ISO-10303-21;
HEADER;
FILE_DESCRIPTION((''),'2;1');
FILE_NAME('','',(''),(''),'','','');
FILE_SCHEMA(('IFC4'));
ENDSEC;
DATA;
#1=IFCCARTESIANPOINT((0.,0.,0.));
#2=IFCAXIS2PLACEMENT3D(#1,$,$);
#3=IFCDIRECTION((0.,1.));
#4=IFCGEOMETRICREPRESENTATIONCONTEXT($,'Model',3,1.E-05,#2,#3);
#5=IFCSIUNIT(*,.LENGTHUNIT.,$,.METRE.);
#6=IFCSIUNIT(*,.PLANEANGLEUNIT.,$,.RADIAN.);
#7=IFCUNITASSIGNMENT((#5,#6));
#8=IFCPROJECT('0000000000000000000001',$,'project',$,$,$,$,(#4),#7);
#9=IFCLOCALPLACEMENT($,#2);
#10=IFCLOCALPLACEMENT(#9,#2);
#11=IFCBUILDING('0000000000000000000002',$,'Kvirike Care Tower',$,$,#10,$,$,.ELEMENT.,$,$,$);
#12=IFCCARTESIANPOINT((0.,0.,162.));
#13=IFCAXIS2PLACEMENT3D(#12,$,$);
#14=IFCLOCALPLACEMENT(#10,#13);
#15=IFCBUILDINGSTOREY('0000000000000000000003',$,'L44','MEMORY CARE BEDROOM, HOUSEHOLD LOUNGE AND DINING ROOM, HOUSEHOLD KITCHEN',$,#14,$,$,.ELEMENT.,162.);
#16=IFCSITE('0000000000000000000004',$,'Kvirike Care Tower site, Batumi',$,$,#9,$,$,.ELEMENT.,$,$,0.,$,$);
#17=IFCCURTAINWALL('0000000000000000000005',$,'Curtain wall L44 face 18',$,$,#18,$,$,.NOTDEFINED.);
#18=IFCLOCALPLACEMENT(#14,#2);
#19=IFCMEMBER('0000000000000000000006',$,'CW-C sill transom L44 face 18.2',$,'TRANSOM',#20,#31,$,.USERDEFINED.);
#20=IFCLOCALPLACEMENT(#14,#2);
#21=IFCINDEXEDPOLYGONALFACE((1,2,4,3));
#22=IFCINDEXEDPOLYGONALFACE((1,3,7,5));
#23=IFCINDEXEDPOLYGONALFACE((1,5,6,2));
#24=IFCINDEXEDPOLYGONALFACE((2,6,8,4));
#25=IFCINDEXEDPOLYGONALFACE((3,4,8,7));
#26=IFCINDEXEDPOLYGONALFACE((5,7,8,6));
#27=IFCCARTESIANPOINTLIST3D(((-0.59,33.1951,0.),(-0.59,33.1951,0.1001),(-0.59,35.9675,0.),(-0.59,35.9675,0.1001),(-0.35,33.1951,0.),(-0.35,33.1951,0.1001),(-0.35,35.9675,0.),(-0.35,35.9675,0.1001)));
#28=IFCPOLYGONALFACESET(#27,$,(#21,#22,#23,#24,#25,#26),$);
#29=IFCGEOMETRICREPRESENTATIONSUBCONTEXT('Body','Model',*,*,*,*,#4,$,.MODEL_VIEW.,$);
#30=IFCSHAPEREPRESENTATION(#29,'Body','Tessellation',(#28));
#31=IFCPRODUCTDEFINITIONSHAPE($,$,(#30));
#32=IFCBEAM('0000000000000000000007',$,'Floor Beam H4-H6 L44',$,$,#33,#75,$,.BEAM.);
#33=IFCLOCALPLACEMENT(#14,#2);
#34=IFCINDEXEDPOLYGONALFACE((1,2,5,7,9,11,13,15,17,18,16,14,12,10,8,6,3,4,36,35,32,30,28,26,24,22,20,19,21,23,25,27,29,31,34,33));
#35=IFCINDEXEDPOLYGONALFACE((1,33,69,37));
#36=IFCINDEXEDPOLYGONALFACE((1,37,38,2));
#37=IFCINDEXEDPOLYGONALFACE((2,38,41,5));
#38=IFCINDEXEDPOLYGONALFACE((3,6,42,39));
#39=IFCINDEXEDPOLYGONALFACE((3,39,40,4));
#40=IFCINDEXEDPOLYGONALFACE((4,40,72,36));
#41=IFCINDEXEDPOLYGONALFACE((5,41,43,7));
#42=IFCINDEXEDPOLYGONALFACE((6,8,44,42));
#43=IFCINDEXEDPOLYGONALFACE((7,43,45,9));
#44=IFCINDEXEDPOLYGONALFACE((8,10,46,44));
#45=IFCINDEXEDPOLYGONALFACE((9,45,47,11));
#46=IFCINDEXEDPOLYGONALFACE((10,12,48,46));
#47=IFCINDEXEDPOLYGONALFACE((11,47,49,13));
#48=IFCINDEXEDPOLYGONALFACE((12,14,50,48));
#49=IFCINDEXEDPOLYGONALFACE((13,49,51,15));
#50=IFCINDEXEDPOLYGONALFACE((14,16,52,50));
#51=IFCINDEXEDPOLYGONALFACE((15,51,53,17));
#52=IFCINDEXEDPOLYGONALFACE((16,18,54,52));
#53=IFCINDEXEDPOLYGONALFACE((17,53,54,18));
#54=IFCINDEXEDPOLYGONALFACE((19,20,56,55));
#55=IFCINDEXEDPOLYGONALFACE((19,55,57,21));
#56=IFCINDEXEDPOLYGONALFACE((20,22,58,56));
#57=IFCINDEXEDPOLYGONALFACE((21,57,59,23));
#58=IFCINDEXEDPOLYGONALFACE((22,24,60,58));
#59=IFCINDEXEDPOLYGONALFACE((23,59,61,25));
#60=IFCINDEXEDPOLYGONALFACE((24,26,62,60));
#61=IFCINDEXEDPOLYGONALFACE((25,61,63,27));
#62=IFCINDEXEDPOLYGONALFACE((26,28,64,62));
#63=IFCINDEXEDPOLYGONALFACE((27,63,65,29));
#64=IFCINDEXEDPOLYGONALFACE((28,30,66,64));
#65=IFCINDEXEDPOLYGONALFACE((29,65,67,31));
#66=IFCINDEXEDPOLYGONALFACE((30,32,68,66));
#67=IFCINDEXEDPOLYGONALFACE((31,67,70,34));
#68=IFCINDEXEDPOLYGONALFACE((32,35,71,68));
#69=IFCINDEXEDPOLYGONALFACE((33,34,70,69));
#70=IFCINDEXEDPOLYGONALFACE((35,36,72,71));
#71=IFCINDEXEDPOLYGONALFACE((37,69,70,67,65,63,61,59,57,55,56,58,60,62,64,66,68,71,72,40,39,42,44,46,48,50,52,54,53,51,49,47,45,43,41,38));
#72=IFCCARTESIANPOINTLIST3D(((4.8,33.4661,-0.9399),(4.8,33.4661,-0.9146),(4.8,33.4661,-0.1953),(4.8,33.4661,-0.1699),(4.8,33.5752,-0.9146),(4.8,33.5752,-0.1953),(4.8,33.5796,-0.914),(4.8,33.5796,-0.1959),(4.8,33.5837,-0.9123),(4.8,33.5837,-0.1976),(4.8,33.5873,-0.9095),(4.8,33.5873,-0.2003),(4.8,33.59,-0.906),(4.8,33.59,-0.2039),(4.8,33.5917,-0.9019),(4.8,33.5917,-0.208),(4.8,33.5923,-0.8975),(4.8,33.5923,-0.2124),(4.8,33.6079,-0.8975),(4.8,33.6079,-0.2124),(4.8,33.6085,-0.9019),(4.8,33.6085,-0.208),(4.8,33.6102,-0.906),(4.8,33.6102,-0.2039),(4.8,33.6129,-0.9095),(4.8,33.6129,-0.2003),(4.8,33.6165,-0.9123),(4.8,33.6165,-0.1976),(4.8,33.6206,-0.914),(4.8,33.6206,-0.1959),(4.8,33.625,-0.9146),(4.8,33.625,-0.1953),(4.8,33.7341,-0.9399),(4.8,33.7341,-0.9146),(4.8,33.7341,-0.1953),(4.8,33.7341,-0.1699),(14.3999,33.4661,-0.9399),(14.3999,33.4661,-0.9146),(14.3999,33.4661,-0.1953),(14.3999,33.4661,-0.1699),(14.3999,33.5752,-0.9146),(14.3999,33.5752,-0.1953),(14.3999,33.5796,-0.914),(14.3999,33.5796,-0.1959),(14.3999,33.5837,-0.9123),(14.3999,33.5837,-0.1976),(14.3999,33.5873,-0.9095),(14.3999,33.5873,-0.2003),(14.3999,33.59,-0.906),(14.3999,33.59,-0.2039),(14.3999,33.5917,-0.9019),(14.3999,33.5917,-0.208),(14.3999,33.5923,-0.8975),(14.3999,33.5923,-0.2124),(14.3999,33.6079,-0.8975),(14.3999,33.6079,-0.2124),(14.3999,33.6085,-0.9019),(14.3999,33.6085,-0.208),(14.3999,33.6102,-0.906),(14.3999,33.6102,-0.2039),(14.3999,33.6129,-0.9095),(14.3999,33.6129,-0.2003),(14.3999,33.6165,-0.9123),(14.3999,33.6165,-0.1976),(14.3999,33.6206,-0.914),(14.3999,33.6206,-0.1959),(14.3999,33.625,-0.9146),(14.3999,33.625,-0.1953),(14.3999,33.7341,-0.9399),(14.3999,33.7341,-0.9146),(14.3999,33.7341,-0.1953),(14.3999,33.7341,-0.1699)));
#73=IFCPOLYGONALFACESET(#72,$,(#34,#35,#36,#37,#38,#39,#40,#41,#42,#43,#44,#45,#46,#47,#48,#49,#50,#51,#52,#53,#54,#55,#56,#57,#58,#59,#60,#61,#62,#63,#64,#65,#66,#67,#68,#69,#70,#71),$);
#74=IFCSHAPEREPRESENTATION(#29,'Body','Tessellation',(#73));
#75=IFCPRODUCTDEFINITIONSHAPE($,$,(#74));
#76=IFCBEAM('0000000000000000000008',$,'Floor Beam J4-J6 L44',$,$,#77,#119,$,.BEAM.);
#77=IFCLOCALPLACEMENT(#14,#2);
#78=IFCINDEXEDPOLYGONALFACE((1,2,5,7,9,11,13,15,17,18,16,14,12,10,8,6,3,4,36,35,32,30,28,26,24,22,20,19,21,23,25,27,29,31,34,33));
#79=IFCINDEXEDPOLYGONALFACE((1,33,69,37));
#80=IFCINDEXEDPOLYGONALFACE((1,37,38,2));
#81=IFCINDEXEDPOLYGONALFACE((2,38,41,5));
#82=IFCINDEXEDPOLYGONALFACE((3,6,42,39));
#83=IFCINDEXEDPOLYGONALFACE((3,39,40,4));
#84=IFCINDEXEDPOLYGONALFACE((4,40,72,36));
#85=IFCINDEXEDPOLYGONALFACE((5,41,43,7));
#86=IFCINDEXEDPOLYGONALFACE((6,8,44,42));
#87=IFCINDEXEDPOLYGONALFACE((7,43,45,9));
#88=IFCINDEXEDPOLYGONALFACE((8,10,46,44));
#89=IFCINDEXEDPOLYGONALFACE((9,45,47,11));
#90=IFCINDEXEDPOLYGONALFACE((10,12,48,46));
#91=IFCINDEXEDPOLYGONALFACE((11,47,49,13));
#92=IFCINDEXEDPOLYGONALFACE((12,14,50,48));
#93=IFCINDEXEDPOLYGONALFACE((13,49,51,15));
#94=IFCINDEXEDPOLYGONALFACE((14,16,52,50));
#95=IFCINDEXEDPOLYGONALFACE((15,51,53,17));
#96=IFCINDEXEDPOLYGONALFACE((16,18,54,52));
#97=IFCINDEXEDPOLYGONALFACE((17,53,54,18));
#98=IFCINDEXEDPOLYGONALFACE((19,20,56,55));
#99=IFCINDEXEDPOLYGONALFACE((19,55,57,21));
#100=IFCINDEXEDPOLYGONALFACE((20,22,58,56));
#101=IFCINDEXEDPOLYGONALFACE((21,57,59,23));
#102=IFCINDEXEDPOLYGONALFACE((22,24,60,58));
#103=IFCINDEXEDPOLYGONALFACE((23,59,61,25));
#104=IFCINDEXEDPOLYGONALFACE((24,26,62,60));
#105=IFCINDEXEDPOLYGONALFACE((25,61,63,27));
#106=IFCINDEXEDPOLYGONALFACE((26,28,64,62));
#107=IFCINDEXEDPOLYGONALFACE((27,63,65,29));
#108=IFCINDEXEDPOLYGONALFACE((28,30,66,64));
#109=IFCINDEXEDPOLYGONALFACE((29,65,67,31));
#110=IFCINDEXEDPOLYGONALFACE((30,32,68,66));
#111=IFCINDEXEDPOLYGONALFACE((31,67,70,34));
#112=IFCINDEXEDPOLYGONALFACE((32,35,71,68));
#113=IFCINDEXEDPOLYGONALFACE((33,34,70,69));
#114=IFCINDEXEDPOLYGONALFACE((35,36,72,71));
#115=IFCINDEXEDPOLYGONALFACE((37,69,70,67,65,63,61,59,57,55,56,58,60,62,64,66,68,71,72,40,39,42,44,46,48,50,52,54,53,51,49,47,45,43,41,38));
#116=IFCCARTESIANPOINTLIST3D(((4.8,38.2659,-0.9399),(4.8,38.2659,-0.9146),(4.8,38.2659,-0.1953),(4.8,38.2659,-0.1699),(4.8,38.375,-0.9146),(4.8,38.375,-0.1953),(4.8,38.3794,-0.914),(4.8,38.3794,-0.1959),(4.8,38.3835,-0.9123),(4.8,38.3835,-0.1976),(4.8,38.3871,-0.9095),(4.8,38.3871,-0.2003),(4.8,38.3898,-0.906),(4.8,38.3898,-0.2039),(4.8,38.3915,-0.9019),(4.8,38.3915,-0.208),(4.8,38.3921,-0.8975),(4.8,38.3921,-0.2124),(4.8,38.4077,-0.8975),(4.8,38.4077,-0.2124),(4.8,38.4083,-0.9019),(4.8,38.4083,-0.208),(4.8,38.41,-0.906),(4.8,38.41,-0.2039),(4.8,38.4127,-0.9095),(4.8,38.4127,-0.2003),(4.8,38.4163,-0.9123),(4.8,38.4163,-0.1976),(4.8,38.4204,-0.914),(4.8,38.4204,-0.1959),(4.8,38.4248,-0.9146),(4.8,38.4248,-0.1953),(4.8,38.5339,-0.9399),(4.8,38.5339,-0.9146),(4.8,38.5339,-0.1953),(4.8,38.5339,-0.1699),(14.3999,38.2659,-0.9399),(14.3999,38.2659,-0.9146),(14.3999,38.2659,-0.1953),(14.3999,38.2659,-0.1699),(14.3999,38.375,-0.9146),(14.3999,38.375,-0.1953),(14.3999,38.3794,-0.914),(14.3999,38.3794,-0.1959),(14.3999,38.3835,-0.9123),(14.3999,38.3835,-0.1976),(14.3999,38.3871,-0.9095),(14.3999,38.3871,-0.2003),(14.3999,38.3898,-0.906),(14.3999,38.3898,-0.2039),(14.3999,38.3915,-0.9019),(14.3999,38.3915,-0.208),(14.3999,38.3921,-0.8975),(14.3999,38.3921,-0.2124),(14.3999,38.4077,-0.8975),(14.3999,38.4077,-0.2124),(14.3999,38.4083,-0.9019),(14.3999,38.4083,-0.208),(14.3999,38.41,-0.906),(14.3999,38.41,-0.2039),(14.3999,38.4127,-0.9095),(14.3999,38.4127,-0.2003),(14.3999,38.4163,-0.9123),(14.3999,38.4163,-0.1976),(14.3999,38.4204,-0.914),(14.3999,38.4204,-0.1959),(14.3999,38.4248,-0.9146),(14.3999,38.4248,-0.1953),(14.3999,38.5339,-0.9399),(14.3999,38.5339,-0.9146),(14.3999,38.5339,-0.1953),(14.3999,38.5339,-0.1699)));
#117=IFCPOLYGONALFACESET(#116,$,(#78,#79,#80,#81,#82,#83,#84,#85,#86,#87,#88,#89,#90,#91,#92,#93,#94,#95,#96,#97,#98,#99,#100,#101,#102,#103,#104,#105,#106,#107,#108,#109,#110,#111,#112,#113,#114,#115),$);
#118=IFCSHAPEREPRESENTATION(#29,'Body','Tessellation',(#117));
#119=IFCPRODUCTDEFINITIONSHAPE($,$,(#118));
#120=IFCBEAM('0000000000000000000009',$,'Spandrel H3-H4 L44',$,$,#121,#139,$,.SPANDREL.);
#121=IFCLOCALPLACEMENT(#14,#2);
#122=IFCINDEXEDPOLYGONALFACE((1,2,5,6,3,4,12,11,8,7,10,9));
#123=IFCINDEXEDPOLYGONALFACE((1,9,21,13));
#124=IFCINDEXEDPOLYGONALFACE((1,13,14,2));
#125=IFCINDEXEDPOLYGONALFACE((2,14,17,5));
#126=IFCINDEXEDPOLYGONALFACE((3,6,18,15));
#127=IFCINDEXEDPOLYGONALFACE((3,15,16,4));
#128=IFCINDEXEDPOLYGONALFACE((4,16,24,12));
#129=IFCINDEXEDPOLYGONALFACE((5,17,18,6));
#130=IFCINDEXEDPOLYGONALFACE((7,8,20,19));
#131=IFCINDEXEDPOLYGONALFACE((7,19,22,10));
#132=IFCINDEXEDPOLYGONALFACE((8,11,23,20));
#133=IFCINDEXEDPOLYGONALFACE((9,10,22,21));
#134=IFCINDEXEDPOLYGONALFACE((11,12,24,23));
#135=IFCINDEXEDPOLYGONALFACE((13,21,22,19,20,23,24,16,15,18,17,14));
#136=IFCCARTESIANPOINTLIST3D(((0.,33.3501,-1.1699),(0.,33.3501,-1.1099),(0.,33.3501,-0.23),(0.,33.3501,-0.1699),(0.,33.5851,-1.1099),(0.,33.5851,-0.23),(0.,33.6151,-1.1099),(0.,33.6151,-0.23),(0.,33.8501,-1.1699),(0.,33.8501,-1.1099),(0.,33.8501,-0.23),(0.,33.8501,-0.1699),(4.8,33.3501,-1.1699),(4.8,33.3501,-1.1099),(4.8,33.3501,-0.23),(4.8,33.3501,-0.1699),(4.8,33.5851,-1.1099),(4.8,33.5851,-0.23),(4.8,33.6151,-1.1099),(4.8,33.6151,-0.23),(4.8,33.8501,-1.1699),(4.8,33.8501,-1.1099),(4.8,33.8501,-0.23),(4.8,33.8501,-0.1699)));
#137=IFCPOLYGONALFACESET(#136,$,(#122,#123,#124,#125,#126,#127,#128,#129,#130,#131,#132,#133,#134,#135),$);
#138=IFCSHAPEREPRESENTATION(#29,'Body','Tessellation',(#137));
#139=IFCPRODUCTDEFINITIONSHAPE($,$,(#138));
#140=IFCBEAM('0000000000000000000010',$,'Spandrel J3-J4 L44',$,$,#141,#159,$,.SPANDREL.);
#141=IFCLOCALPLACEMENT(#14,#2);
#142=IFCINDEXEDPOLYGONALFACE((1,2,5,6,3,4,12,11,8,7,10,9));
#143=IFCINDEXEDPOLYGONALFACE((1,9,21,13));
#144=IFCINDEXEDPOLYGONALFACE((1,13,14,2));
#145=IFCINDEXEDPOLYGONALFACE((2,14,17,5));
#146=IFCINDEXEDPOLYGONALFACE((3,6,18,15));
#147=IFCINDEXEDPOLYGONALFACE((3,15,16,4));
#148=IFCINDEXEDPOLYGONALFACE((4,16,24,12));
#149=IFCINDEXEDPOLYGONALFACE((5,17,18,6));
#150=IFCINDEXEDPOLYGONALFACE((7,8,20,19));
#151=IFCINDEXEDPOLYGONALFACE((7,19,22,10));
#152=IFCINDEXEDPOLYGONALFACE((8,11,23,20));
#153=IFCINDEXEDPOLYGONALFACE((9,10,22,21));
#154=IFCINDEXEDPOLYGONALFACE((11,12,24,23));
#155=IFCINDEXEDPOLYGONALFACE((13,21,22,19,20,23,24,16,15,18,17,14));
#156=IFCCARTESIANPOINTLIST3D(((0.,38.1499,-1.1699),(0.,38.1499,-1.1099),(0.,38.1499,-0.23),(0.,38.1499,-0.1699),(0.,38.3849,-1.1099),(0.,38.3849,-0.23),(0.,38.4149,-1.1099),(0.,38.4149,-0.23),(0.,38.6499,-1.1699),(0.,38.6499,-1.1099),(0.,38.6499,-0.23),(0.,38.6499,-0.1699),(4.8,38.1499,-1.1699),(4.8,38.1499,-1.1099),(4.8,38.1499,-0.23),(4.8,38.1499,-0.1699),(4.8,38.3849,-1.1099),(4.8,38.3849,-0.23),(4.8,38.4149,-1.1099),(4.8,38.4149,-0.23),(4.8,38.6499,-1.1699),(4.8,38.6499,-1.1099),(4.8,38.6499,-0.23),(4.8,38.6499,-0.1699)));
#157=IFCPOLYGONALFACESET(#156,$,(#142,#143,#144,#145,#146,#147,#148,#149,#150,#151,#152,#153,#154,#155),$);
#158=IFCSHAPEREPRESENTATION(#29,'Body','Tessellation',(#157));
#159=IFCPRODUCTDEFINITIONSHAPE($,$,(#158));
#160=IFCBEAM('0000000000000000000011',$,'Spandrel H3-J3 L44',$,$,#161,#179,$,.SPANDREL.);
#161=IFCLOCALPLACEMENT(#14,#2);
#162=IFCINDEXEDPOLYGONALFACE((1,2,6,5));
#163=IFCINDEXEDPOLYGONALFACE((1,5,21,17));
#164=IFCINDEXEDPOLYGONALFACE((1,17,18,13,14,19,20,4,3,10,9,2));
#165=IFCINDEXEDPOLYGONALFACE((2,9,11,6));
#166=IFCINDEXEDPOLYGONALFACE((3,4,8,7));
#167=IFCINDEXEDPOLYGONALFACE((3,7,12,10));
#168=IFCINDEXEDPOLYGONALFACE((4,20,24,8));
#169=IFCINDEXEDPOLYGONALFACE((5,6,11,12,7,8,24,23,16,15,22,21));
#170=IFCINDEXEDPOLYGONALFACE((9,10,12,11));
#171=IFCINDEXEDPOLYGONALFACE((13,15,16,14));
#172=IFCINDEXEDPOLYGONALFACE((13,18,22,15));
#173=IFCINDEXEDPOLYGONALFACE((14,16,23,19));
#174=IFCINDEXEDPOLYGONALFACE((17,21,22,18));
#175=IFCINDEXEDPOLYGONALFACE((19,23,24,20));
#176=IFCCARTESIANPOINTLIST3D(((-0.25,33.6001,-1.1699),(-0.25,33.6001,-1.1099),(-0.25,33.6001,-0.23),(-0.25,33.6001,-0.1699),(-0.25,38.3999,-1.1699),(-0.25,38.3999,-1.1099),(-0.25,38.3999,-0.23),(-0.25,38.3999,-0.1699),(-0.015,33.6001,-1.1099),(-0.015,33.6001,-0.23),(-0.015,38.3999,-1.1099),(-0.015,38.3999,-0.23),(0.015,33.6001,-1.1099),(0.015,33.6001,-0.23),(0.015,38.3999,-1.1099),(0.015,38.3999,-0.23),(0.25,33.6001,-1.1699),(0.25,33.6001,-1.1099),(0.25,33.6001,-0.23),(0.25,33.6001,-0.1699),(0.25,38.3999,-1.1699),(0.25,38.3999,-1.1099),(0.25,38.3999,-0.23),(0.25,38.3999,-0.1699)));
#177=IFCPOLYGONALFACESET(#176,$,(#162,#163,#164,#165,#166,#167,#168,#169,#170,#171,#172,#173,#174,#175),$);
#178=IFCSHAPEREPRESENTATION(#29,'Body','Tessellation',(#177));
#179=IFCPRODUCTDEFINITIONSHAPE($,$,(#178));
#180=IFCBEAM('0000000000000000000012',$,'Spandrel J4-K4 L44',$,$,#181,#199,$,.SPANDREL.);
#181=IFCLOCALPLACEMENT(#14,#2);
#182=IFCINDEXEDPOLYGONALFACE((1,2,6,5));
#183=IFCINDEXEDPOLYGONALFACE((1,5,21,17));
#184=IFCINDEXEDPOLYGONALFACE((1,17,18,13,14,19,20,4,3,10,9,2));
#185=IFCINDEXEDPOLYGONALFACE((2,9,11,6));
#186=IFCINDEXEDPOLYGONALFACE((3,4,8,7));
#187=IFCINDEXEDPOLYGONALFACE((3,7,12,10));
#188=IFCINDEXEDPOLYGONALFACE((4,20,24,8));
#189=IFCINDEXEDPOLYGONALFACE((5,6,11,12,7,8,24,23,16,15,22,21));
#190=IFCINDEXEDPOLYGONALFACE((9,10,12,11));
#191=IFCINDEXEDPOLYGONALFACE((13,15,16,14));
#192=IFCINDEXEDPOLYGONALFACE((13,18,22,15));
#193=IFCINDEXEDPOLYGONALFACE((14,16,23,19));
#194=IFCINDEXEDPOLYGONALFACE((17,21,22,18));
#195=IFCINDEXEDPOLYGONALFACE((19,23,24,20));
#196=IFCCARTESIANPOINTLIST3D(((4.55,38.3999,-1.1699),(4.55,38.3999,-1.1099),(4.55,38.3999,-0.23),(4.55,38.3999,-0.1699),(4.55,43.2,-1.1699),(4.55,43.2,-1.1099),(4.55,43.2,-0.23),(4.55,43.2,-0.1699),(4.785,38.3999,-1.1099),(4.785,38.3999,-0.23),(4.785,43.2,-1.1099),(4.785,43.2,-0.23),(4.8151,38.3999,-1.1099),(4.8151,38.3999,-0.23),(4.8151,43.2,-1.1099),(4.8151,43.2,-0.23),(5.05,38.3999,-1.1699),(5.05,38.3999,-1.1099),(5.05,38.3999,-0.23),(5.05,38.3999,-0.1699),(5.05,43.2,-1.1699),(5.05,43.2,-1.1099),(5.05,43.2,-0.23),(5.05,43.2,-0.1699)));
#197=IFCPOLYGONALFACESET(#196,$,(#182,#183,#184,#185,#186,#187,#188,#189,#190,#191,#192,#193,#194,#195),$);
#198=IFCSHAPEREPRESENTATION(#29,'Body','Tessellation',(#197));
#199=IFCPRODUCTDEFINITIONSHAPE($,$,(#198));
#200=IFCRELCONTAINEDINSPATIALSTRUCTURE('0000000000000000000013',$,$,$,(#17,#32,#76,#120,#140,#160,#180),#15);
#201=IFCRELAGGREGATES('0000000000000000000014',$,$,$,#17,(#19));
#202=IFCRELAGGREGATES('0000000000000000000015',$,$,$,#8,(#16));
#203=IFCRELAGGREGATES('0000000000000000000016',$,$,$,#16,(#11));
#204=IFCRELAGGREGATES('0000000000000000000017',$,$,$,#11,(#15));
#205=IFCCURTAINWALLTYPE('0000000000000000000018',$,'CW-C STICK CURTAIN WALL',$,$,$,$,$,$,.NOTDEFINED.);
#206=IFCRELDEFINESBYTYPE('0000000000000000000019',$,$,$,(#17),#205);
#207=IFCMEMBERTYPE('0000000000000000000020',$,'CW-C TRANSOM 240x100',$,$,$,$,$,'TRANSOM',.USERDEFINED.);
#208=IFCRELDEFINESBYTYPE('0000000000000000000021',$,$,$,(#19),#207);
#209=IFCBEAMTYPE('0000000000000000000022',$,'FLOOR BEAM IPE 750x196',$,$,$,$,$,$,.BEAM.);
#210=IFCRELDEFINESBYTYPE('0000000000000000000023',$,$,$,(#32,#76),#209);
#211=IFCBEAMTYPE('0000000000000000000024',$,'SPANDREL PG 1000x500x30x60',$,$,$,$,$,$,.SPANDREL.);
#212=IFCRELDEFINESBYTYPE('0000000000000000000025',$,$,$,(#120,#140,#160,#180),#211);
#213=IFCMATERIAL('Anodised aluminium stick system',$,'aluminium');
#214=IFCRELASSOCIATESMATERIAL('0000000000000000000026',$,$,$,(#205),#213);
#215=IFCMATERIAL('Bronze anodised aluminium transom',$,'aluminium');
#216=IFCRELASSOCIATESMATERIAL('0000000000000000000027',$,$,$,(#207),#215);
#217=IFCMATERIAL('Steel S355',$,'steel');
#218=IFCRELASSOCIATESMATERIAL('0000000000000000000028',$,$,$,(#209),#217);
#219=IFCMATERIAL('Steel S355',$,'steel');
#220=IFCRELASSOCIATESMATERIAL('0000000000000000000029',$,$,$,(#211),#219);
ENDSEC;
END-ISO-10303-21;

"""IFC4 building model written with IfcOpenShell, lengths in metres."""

from ifc_helpers import new_model, si_unit, direction, frame, origin, origin_2d, place, context, subcontext, project, spatial, rectangle, i_section, extrude, material, material_profile, profile_set, type_object, element, aggregate, save


model = new_model("IFC4")

# Units and contexts
model_context = context("Model", 3, precision=1e-05, world=origin(), true_north=direction((0.0, 1.0)))
body_context = subcontext(model_context, "Body", "Model", "MODEL_VIEW")
ifc_project = project(units=[si_unit("LENGTHUNIT", "METRE"), si_unit("PLANEANGLEUNIT", "RADIAN")], contexts=[model_context])

# Site, building, storey
site_placement = place(None, origin())
site = spatial("IfcSite", under=ifc_project, at=site_placement, Name="Kvirike Care Tower site, Batumi", CompositionType="ELEMENT", RefElevation=0.0)
building_placement = place(site_placement, origin())
building = spatial("IfcBuilding", under=site, at=building_placement, Name="Kvirike Care Tower", CompositionType="ELEMENT")
storey_placement = place(building_placement, frame((0.0, 0.0, 162.0)))
storey = spatial("IfcBuildingStorey", under=building, at=storey_placement, Name="L44", Description="MEMORY CARE BEDROOM, HOUSEHOLD LOUNGE AND DINING ROOM, HOUSEHOLD KITCHEN", CompositionType="ELEMENT", Elevation=162.0)

# Shared definitions
ifc_material_1 = material(Name="Anodised aluminium stick system", Category="aluminium")
curtain_wall_type = type_object("IfcCurtainWallType", Name="CW-C STICK CURTAIN WALL", PredefinedType="NOTDEFINED", material=ifc_material_1)

# Curtain wall
curtain_wall_1_placement = place(storey_placement, origin())
curtain_wall_1 = element("IfcCurtainWall", 1, at=curtain_wall_1_placement, inside=storey, type_object=curtain_wall_type, Name="Curtain wall L44 face 18", PredefinedType="NOTDEFINED")

# Member
ifc_material_2 = material(Name="Bronze anodised aluminium transom", Category="aluminium")
ifc_material_profile_1 = material_profile(ifc_material_2, rectangle(XDim=0.24, YDim=0.1001, at=origin_2d()), Name="CW-C TRANSOM 240x100")
ifc_profile_set_1 = profile_set([ifc_material_profile_1], Name="Bronze anodised aluminium transom")
member_type_1 = type_object("IfcMemberType", Name="CW-C TRANSOM 240x100", ElementType="TRANSOM", PredefinedType="USERDEFINED", material=ifc_profile_set_1)
member_1_placement = place(storey_placement, frame((-0.47, 35.9675, 0.05), z_axis=(0.0, -1.0, 0.0), x_axis=(1.0, 0.0, 0.0)))
member_1 = element("IfcMember", 2, at=member_1_placement, type_object=member_type_1, Name="CW-C sill transom L44 face 18.2", ObjectType="TRANSOM", PredefinedType="USERDEFINED", context=body_context, shape_type="SweptSolid", body=[
    extrude(rectangle(XDim=0.24, YDim=0.1001, at=origin_2d()), origin(), (0.0, 0.0, 1.0), 2.7725),
])

# Beams
ifc_material_3 = material(Name="Steel S355", Category="steel")
ifc_material_profile_2 = material_profile(ifc_material_3, i_section(OverallWidth=0.2681, OverallDepth=0.77, WebThickness=0.0156, FlangeThickness=0.0254, FilletRadius=0.0171, at=origin_2d()), Name="IPE 750x196")
ifc_profile_set_2 = profile_set([ifc_material_profile_2], Name="Steel S355")
beam_type_1 = type_object("IfcBeamType", Name="FLOOR BEAM IPE 750x196", PredefinedType="BEAM", material=ifc_profile_set_2)
for number, where, z_axis, x_axis, name in (
    (3, (4.8, 33.6001, -0.5549), (1.0, 0.0, 0.0), (0.0, 1.0, 0.0), "Floor Beam H4-H6 L44"),
    (4, (4.8, 38.3999, -0.5549), (1.0, 0.0, 0.0), (0.0, 1.0, 0.0), "Floor Beam J4-J6 L44"),
):
    element("IfcBeam", number, at=place(storey_placement, frame(where, z_axis=z_axis, x_axis=x_axis)), inside=storey, type_object=beam_type_1, Name=name, PredefinedType="BEAM", context=body_context, shape_type="SweptSolid", body=[
        extrude(i_section(OverallWidth=0.2681, OverallDepth=0.77, WebThickness=0.0156, FlangeThickness=0.0254, FilletRadius=0.0171, at=origin_2d()), origin(), (0.0, 0.0, 1.0), 9.5999),
    ])
ifc_material_4 = material(Name="Steel S355", Category="steel")
ifc_material_profile_3 = material_profile(ifc_material_4, i_section(OverallWidth=0.5, OverallDepth=1.0, WebThickness=0.03, FlangeThickness=0.0601, at=origin_2d()), Name="PG 1000x500x30x60")
ifc_profile_set_3 = profile_set([ifc_material_profile_3], Name="Steel S355")
beam_type_2 = type_object("IfcBeamType", Name="SPANDREL PG 1000x500x30x60", PredefinedType="SPANDREL", material=ifc_profile_set_3)
for number, where, z_axis, x_axis, name in (
    (5, (0.0, 33.6001, -0.6699), (1.0, 0.0, 0.0), (0.0, 1.0, 0.0), "Spandrel H3-H4 L44"),
    (6, (0.0, 38.3999, -0.6699), (1.0, 0.0, 0.0), (0.0, 1.0, 0.0), "Spandrel J3-J4 L44"),
):
    element("IfcBeam", number, at=place(storey_placement, frame(where, z_axis=z_axis, x_axis=x_axis)), inside=storey, type_object=beam_type_2, Name=name, PredefinedType="SPANDREL", context=body_context, shape_type="SweptSolid", body=[
        extrude(i_section(OverallWidth=0.5, OverallDepth=1.0, WebThickness=0.03, FlangeThickness=0.0601, at=origin_2d()), origin(), (0.0, 0.0, 1.0), 4.8),
    ])
beam_1_placement = place(storey_placement, frame((0.0, 33.6001, -0.6699), z_axis=(0.0, 1.0, 0.0), x_axis=(-1.0, 0.0, 0.0)))
element("IfcBeam", 7, at=beam_1_placement, inside=storey, type_object=beam_type_2, Name="Spandrel H3-J3 L44", PredefinedType="SPANDREL", context=body_context, shape_type="SweptSolid", body=[
    extrude(i_section(OverallWidth=0.5, OverallDepth=1.0, WebThickness=0.03, FlangeThickness=0.0601, at=origin_2d()), origin(), (0.0, 0.0, 1.0), 4.7998),
])
beam_2_placement = place(storey_placement, frame((4.8, 38.3999, -0.6699), z_axis=(0.0, 1.0, 0.0), x_axis=(-1.0, 0.0, 0.0)))
element("IfcBeam", 8, at=beam_2_placement, inside=storey, type_object=beam_type_2, Name="Spandrel J4-K4 L44", PredefinedType="SPANDREL", context=body_context, shape_type="SweptSolid", body=[
    extrude(i_section(OverallWidth=0.5, OverallDepth=1.0, WebThickness=0.03, FlangeThickness=0.0601, at=origin_2d()), origin(), (0.0, 0.0, 1.0), 4.8),
])

aggregate(curtain_wall_1, [member_1])

save(model, "model.ifc")
